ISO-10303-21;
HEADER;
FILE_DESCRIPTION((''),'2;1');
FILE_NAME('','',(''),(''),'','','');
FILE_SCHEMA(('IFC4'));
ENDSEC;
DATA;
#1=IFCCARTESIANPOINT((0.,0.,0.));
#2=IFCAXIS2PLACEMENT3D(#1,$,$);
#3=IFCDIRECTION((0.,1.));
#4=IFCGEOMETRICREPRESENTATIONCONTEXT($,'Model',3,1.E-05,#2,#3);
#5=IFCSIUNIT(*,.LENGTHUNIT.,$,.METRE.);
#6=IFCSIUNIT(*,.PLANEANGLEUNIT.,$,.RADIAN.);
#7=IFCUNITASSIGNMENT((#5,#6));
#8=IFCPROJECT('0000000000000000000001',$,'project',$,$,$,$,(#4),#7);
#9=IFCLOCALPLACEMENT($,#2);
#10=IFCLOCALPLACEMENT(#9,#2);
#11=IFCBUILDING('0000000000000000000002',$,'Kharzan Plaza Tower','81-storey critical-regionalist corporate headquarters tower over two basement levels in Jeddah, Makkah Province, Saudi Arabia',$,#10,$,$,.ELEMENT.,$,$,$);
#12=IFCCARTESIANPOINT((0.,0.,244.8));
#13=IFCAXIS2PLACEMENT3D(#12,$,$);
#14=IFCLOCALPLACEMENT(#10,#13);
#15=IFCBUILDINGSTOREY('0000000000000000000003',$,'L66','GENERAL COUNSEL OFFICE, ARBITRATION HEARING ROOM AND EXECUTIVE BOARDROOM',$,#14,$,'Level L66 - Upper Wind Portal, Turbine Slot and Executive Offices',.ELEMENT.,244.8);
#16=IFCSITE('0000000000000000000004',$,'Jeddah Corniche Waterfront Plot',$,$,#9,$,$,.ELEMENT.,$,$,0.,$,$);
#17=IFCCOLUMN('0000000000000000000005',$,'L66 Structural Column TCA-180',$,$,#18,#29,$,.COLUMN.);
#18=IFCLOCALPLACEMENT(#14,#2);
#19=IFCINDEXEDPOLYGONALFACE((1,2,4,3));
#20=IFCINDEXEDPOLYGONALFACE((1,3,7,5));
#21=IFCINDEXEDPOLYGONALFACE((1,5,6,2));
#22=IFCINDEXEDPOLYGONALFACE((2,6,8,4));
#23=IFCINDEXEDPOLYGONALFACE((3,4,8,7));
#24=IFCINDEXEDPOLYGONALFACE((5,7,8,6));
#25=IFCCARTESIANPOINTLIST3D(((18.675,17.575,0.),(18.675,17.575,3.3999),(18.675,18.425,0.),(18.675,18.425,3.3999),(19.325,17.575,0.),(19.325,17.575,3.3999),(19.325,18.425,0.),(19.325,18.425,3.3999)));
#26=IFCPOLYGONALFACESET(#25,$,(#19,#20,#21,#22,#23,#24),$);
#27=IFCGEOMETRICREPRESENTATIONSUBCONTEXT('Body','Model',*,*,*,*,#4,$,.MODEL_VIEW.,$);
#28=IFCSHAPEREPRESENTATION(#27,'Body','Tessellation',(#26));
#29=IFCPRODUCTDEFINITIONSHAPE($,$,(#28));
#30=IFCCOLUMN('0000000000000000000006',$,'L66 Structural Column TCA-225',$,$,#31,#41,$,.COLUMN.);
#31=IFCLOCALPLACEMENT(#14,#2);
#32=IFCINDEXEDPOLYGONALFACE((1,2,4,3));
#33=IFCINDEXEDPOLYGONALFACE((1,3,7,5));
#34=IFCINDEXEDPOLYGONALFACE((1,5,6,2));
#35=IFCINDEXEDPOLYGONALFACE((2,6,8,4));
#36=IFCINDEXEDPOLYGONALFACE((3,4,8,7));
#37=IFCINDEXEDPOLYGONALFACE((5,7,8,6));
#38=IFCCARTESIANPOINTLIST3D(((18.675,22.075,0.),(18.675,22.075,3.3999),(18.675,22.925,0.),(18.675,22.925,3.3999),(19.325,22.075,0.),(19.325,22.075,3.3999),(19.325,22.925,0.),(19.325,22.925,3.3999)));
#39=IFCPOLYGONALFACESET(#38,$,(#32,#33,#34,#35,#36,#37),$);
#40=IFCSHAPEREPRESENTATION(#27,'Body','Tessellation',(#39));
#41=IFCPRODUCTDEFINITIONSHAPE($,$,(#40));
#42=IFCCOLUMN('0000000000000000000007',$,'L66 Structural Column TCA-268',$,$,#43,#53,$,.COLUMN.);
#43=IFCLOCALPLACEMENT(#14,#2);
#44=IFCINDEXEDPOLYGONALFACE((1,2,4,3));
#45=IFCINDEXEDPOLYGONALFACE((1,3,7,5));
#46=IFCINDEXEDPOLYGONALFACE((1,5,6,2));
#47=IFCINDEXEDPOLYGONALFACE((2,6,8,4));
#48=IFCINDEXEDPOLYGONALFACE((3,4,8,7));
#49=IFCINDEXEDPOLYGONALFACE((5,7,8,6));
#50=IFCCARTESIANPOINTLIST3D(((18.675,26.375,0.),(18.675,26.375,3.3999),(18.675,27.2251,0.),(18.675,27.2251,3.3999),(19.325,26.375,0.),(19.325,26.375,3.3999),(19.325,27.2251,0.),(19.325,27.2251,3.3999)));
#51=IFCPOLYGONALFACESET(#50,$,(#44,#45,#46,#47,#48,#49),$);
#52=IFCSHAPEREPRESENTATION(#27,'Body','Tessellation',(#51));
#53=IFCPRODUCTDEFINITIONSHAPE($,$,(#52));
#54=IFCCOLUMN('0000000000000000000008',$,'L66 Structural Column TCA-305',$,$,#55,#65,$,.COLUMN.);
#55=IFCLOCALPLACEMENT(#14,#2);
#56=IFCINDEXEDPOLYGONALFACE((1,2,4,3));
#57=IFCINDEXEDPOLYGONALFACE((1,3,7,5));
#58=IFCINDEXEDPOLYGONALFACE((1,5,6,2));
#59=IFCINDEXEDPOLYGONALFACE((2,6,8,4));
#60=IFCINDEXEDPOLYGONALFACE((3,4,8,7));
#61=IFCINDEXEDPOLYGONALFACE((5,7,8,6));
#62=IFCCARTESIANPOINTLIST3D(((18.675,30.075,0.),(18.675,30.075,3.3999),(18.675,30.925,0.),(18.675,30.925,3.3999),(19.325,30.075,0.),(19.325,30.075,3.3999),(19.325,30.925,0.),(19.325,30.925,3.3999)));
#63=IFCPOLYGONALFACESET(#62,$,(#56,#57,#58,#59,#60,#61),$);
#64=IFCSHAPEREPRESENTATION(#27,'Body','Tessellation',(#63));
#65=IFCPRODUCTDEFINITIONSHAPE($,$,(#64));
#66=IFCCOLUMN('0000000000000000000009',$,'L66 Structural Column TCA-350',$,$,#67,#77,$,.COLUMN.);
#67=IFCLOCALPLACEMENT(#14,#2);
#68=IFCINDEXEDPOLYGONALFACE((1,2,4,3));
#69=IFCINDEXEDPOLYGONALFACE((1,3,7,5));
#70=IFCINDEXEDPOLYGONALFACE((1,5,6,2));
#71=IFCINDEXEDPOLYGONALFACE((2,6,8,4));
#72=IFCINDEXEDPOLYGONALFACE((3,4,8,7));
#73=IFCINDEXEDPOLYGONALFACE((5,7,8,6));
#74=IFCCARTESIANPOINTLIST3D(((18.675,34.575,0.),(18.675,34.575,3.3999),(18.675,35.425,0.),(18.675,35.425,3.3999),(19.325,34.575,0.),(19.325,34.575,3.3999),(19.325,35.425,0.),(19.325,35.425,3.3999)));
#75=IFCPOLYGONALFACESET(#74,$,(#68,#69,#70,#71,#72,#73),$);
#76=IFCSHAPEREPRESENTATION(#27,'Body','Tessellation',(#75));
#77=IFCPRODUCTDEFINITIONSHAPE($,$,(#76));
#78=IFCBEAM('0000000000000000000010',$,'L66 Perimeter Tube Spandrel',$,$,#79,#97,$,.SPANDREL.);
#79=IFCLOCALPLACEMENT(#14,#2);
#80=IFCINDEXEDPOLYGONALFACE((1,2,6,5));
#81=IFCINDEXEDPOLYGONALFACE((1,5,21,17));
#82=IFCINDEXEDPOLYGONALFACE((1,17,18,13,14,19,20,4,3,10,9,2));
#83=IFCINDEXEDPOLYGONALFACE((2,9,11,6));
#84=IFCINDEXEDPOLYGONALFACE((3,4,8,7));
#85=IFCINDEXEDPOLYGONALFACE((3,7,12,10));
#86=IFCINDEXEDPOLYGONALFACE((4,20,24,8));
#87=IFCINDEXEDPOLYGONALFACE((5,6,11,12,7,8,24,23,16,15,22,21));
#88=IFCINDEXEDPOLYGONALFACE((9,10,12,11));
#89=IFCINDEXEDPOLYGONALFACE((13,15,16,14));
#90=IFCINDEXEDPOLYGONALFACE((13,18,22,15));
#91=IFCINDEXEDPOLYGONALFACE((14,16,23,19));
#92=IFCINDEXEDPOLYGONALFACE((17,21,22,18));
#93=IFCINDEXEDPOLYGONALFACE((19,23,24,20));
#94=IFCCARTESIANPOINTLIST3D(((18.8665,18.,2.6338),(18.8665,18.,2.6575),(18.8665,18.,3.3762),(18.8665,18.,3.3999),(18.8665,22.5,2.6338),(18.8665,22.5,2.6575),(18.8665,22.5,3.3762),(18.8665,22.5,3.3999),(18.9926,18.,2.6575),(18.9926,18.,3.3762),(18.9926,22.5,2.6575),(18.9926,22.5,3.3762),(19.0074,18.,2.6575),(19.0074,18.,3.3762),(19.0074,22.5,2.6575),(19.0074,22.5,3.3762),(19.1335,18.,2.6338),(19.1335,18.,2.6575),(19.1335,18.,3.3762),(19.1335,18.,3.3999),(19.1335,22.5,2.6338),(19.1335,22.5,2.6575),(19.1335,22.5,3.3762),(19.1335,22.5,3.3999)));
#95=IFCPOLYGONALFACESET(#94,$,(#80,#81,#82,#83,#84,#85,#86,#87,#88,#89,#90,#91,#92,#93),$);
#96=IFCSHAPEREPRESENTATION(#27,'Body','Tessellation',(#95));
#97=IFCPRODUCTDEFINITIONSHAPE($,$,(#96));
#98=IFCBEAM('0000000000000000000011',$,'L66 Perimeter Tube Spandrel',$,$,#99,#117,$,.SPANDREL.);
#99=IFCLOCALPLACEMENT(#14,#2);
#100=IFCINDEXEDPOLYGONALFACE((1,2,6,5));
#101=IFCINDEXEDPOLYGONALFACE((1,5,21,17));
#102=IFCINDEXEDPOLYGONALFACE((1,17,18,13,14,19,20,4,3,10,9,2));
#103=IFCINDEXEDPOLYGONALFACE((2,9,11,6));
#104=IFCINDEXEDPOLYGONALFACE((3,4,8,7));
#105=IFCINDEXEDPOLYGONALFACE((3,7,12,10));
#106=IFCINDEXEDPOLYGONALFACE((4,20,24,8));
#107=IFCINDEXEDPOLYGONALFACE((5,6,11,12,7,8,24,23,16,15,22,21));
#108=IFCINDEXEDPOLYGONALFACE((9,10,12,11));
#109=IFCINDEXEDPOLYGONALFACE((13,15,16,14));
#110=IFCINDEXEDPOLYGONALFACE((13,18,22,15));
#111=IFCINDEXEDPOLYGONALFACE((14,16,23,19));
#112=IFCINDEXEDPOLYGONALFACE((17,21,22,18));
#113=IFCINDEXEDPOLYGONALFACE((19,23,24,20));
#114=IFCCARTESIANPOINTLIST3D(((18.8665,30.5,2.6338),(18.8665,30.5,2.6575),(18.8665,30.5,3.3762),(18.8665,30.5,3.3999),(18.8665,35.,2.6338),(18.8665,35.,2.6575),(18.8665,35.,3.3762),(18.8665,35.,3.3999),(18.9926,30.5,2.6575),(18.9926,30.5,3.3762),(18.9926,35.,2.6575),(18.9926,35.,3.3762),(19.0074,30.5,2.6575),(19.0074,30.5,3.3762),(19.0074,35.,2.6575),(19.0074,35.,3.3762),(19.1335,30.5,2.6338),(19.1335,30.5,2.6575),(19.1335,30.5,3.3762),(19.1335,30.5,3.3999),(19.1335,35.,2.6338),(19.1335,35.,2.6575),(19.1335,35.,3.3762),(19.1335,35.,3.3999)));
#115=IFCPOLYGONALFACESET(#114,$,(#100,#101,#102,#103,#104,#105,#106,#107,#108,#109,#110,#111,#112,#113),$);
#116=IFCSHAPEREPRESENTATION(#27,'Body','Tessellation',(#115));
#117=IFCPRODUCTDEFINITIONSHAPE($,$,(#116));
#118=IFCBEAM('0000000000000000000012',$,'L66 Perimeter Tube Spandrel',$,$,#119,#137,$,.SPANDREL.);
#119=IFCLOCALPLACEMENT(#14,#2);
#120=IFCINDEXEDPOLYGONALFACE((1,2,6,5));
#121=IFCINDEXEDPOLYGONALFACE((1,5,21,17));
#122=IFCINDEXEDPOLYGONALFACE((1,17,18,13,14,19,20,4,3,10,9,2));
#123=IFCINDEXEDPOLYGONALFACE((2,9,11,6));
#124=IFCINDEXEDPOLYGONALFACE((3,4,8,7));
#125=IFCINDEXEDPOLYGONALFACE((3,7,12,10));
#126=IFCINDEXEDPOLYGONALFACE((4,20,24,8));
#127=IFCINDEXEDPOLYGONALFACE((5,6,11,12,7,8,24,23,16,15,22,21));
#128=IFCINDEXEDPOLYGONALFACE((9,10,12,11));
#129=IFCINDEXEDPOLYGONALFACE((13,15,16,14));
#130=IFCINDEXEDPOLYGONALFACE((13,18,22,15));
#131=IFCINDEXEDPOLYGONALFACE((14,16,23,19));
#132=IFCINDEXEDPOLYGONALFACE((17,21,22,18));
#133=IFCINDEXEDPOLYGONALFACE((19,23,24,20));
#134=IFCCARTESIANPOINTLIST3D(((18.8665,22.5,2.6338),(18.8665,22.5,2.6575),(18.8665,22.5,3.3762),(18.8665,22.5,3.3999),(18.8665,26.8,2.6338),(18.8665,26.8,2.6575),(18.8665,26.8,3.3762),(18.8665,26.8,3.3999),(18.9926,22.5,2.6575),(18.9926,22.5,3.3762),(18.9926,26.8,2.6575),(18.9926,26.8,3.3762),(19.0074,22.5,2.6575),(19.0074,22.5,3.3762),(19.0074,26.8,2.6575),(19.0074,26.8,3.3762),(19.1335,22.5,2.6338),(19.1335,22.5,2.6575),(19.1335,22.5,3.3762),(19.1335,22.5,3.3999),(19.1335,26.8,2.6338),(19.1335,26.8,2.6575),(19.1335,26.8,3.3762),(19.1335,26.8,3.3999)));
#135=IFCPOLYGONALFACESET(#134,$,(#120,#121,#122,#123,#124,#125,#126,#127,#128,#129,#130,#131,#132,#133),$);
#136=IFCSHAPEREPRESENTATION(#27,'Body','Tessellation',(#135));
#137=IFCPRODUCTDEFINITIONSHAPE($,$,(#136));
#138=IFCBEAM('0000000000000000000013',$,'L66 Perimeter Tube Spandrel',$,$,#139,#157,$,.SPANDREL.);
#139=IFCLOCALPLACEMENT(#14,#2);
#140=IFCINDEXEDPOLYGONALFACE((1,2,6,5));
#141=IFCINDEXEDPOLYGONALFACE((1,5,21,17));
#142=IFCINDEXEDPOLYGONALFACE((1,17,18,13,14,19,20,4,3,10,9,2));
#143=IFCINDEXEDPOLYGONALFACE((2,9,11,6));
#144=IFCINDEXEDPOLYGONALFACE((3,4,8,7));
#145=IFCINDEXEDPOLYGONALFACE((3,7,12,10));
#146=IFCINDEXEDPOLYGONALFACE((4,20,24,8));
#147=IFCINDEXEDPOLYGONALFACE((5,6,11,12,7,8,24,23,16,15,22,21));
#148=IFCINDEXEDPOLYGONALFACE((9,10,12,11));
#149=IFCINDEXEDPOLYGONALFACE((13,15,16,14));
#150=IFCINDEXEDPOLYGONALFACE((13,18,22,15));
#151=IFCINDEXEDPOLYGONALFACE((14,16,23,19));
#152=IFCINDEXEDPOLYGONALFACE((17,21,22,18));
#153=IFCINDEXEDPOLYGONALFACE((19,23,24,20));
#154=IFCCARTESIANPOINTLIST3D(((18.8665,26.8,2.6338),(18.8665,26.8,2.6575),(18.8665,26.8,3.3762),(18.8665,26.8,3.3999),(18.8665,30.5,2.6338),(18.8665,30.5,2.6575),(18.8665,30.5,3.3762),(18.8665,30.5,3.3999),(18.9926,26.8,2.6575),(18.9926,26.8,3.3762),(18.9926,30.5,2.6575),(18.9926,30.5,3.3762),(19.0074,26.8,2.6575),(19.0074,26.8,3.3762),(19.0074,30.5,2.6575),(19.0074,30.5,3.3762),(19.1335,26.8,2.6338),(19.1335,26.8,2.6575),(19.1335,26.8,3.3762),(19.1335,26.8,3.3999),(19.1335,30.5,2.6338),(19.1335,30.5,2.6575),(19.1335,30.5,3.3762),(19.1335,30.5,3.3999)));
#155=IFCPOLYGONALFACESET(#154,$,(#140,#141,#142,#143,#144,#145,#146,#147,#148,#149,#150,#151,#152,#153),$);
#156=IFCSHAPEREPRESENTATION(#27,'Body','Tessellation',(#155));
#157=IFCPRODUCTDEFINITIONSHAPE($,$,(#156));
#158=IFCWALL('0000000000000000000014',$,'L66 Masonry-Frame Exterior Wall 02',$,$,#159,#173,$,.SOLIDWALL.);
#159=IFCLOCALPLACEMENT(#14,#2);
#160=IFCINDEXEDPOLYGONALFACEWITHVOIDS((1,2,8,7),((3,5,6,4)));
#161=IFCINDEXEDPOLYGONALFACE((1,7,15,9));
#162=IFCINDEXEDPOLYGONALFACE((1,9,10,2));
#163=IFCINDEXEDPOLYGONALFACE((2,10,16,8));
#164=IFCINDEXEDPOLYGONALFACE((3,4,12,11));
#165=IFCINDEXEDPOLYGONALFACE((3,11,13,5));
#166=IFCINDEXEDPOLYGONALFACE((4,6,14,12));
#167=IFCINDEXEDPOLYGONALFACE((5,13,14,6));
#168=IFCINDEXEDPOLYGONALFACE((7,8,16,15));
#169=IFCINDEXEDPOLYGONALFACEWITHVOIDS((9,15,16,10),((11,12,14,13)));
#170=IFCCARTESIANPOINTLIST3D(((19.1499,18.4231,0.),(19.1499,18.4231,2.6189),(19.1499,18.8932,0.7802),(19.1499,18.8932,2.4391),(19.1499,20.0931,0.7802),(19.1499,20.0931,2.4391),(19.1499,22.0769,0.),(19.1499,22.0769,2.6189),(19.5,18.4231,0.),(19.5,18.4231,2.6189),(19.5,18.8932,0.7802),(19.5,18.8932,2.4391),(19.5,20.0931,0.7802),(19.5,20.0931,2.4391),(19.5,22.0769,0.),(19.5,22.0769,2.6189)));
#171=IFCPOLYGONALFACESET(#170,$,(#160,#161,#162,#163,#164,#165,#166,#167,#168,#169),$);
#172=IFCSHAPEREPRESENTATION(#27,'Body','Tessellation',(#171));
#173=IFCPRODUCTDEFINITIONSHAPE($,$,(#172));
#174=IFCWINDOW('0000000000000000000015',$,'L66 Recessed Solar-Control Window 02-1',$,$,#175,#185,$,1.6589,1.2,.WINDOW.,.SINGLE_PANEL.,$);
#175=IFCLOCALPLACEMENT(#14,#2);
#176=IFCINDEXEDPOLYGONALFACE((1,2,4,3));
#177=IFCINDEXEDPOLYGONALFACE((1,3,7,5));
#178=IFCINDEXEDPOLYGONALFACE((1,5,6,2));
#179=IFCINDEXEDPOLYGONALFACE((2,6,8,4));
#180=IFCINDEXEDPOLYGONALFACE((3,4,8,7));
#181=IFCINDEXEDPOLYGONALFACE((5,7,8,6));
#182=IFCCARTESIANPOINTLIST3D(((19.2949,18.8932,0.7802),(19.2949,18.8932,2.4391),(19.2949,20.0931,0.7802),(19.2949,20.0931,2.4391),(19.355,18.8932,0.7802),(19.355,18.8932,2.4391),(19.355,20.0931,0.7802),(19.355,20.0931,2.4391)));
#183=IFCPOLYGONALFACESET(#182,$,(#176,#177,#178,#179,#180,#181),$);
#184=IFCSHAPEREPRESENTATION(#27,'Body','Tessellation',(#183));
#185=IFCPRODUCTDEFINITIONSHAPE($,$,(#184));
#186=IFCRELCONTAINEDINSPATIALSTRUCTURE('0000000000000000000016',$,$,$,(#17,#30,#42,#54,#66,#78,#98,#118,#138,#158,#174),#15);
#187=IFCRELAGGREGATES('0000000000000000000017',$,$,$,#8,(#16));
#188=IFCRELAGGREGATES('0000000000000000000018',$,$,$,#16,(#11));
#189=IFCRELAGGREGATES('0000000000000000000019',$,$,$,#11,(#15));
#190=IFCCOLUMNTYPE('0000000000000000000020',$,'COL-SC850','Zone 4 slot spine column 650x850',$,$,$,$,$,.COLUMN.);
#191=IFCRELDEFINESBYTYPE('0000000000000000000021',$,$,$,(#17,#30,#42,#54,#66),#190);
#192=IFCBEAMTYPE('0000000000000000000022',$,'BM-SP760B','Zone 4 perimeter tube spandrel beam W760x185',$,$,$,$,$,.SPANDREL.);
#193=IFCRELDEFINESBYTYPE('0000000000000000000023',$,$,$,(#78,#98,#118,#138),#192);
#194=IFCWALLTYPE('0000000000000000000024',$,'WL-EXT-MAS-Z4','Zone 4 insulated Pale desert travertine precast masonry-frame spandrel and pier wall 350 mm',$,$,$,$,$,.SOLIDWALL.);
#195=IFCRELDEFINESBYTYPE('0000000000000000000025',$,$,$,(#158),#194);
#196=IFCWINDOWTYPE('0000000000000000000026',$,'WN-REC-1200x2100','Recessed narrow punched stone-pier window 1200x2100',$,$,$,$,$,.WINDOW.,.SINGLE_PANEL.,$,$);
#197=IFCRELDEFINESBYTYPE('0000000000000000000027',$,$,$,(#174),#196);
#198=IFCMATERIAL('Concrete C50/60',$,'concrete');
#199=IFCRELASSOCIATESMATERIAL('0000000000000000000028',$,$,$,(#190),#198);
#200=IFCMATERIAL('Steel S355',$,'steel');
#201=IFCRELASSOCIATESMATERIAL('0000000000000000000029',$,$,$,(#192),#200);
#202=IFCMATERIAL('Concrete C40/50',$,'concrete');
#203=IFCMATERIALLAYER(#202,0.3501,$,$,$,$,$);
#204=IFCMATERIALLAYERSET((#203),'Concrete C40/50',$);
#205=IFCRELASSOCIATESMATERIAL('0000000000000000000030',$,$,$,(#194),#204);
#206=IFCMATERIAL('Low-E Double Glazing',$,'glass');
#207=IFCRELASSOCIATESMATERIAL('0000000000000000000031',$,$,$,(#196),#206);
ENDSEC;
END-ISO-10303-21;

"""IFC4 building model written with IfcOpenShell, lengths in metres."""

from ifc_helpers import new_model, si_unit, direction, frame, frame_2d, origin, origin_2d, place, context, subcontext, project, spatial, rectangle, i_section, extrude, source, transform, mapped, material, layer, layer_set, material_profile, profile_set, type_object, element, fill, save


model = new_model("IFC4")

# Units and contexts
model_context = context("Model", 3, precision=1e-05, world=origin(), true_north=direction((0.0, 1.0)))
body_context = subcontext(model_context, "Body", "Model", "MODEL_VIEW")
ifc_project = project(units=[si_unit("LENGTHUNIT", "METRE"), si_unit("PLANEANGLEUNIT", "RADIAN")], contexts=[model_context])

# Site, building, storey
site_placement = place(None, origin())
site = spatial("IfcSite", under=ifc_project, at=site_placement, Name="Jeddah Corniche Waterfront Plot", CompositionType="ELEMENT", RefElevation=0.0)
building_placement = place(site_placement, origin())
building = spatial("IfcBuilding", under=site, at=building_placement, Name="Kharzan Plaza Tower", Description="81-storey critical-regionalist corporate headquarters tower over two basement levels in Jeddah, Makkah Province, Saudi Arabia", CompositionType="ELEMENT")
storey_placement = place(building_placement, frame((0.0, 0.0, 244.8)))
storey = spatial("IfcBuildingStorey", under=building, at=storey_placement, Name="L66", Description="GENERAL COUNSEL OFFICE, ARBITRATION HEARING ROOM AND EXECUTIVE BOARDROOM", LongName="Level L66 - Upper Wind Portal, Turbine Slot and Executive Offices", CompositionType="ELEMENT", Elevation=244.8)

# Columns
ifc_material_1 = material(Name="Concrete C50/60", Category="concrete")
ifc_material_profile_1 = material_profile(ifc_material_1, rectangle(XDim=0.6499, YDim=0.8501, at=origin_2d()), Name="RC-SC850x650")
ifc_profile_set_1 = profile_set([ifc_material_profile_1], Name="Concrete C50/60")
column_type = type_object("IfcColumnType", Name="COL-SC850", Description="Zone 4 slot spine column 650x850", PredefinedType="COLUMN", material=ifc_profile_set_1)
shared_shape_1 = source(origin(), body_context, "Body", "SweptSolid", [
    extrude(rectangle(XDim=0.6499, YDim=0.8501, at=origin_2d()), origin(), (0.0, 0.0, 1.0), 3.3999),
])
for number, where, z_axis, x_axis, name in (
    (1, (19.0, 18.0, 0.0), (0.0, 0.0, 1.0), (1.0, 0.0, 0.0), "L66 Structural Column TCA-180"),
    (2, (19.0, 22.5, 0.0), (0.0, 0.0, 1.0), (1.0, 0.0, 0.0), "L66 Structural Column TCA-225"),
    (3, (19.0, 26.8, 0.0), (0.0, 0.0, 1.0), (1.0, 0.0, 0.0), "L66 Structural Column TCA-268"),
    (4, (19.0, 30.5, 0.0), (0.0, 0.0, 1.0), (1.0, 0.0, 0.0), "L66 Structural Column TCA-305"),
    (5, (19.0, 35.0, 0.0), (0.0, 0.0, 1.0), (1.0, 0.0, 0.0), "L66 Structural Column TCA-350"),
):
    element("IfcColumn", number, at=place(storey_placement, frame(where, z_axis=z_axis, x_axis=x_axis)), inside=storey, type_object=column_type, Name=name, PredefinedType="COLUMN", context=body_context, shape_type="MappedRepresentation", body=[
        mapped(shared_shape_1, transform((0.0, 0.0, 0.0), x_axis=(1.0, 0.0, 0.0), y_axis=(0.0, 1.0, 0.0), z_axis=(0.0, 0.0, 1.0))),
    ])

# Beams
ifc_material_2 = material(Name="Steel S355", Category="steel")
ifc_material_profile_2 = material_profile(ifc_material_2, i_section(OverallWidth=0.2671, OverallDepth=0.7661, WebThickness=0.0149, FlangeThickness=0.0237, at=origin_2d()), Name="W760x185")
ifc_profile_set_2 = profile_set([ifc_material_profile_2], Name="Steel S355")
beam_type = type_object("IfcBeamType", Name="BM-SP760B", Description="Zone 4 perimeter tube spandrel beam W760x185", PredefinedType="SPANDREL", material=ifc_profile_set_2)
shared_shape_2 = source(origin(), body_context, "Body", "SweptSolid", [
    extrude(i_section(OverallWidth=0.2671, OverallDepth=0.7661, WebThickness=0.0149, FlangeThickness=0.0237, at=origin_2d()), origin(), (0.0, 0.0, 1.0), 4.5),
])
for number, where, z_axis, x_axis, name in (
    (6, (19.0, 18.0, 3.0168), (0.0, 1.0, 0.0), (-1.0, 0.0, 0.0), "L66 Perimeter Tube Spandrel"),
    (7, (19.0, 30.5, 3.0168), (0.0, 1.0, 0.0), (-1.0, 0.0, 0.0), "L66 Perimeter Tube Spandrel"),
):
    element("IfcBeam", number, at=place(storey_placement, frame(where, z_axis=z_axis, x_axis=x_axis)), inside=storey, type_object=beam_type, Name=name, PredefinedType="SPANDREL", context=body_context, shape_type="MappedRepresentation", body=[
        mapped(shared_shape_2, transform((0.0, 0.0, 0.0), x_axis=(1.0, 0.0, 0.0), y_axis=(0.0, 1.0, 0.0), z_axis=(0.0, 0.0, 1.0))),
    ])
shared_shape_3 = source(origin(), body_context, "Body", "SweptSolid", [
    extrude(i_section(OverallWidth=0.2671, OverallDepth=0.7661, WebThickness=0.0149, FlangeThickness=0.0237, at=origin_2d()), origin(), (0.0, 0.0, 1.0), 4.3),
])
beam_1_placement = place(storey_placement, frame((19.0, 22.5, 3.0168), z_axis=(0.0, 1.0, 0.0), x_axis=(-1.0, 0.0, 0.0)))
element("IfcBeam", 8, at=beam_1_placement, inside=storey, type_object=beam_type, Name="L66 Perimeter Tube Spandrel", PredefinedType="SPANDREL", context=body_context, shape_type="MappedRepresentation", body=[
    mapped(shared_shape_3, transform((0.0, 0.0, 0.0), x_axis=(1.0, 0.0, 0.0), y_axis=(0.0, 1.0, 0.0), z_axis=(0.0, 0.0, 1.0))),
])
shared_shape_4 = source(origin(), body_context, "Body", "SweptSolid", [
    extrude(i_section(OverallWidth=0.2671, OverallDepth=0.7661, WebThickness=0.0149, FlangeThickness=0.0237, at=origin_2d()), origin(), (0.0, 0.0, 1.0), 3.7),
])
beam_2_placement = place(storey_placement, frame((19.0, 26.8, 3.0168), z_axis=(0.0, 1.0, 0.0), x_axis=(-1.0, 0.0, 0.0)))
element("IfcBeam", 9, at=beam_2_placement, inside=storey, type_object=beam_type, Name="L66 Perimeter Tube Spandrel", PredefinedType="SPANDREL", context=body_context, shape_type="MappedRepresentation", body=[
    mapped(shared_shape_4, transform((0.0, 0.0, 0.0), x_axis=(1.0, 0.0, 0.0), y_axis=(0.0, 1.0, 0.0), z_axis=(0.0, 0.0, 1.0))),
])

# Wall, opening, window
ifc_material_3 = material(Name="Concrete C40/50", Category="concrete")
ifc_layer_1 = layer(ifc_material_3, 0.3501)
ifc_layer_set_1 = layer_set([ifc_layer_1], Name="Concrete C40/50")
wall_type_1 = type_object("IfcWallType", Name="WL-EXT-MAS-Z4", Description="Zone 4 insulated Pale desert travertine precast masonry-frame spandrel and pier wall 350 mm", PredefinedType="SOLIDWALL", material=ifc_layer_set_1)
wall_1_placement = place(storey_placement, frame((19.325, 18.4231, 0.0), z_axis=(0.0, 0.0, 1.0), x_axis=(0.0, 1.0, 0.0)))
wall_1 = element("IfcWall", 10, at=wall_1_placement, inside=storey, type_object=wall_type_1, Name="L66 Masonry-Frame Exterior Wall 02", PredefinedType="SOLIDWALL", context=body_context, shape_type="SweptSolid", body=[
    extrude(rectangle(XDim=3.6538, YDim=0.3501, at=frame_2d((1.8269, 0.0))), origin(), (0.0, 0.0, 1.0), 2.6189),
])
opening_1_placement = place(wall_1_placement, frame((0.47, 0.0, 0.78)))
opening_1 = element("IfcOpeningElement", 11, at=opening_1_placement, cuts=wall_1, PredefinedType="OPENING", context=body_context, shape_type="SweptSolid", body=[
    extrude(rectangle(XDim=1.2, YDim=1.6589, at=frame_2d((0.6001, 0.8296))), frame((0.0, 0.1851, 0.0), z_axis=(0.0, -1.0, 0.0), x_axis=(1.0, 0.0, 0.0)), (0.0, 0.0, 1.0), 0.3701),
])
ifc_material_4 = material(Name="Low-E Double Glazing", Category="glass")
window_type_1 = type_object("IfcWindowType", Name="WN-REC-1200x2100", Description="Recessed narrow punched stone-pier window 1200x2100", PartitioningType="SINGLE_PANEL", PredefinedType="WINDOW", material=ifc_material_4)
shared_shape_5 = source(origin(), body_context, "Body", "SweptSolid", [
    extrude(rectangle(XDim=1.2, YDim=1.6589, at=frame_2d((0.6001, 0.8296))), frame((0.0, 0.03, 0.0), z_axis=(0.0, -1.0, 0.0), x_axis=(1.0, 0.0, 0.0)), (0.0, 0.0, 1.0), 0.0601),
])
window_1_placement = place(opening_1_placement, origin())
window_1 = element("IfcWindow", 12, at=window_1_placement, inside=storey, type_object=window_type_1, Name="L66 Recessed Solar-Control Window 02-1", OverallHeight=1.6589, OverallWidth=1.2, PartitioningType="SINGLE_PANEL", PredefinedType="WINDOW", context=body_context, shape_type="MappedRepresentation", body=[
    mapped(shared_shape_5, transform((0.0, 0.0, 0.0), x_axis=(1.0, 0.0, 0.0), y_axis=(0.0, 1.0, 0.0), z_axis=(0.0, 0.0, 1.0))),
])
fill(opening_1, window_1)

save(model, "model.ifc")
